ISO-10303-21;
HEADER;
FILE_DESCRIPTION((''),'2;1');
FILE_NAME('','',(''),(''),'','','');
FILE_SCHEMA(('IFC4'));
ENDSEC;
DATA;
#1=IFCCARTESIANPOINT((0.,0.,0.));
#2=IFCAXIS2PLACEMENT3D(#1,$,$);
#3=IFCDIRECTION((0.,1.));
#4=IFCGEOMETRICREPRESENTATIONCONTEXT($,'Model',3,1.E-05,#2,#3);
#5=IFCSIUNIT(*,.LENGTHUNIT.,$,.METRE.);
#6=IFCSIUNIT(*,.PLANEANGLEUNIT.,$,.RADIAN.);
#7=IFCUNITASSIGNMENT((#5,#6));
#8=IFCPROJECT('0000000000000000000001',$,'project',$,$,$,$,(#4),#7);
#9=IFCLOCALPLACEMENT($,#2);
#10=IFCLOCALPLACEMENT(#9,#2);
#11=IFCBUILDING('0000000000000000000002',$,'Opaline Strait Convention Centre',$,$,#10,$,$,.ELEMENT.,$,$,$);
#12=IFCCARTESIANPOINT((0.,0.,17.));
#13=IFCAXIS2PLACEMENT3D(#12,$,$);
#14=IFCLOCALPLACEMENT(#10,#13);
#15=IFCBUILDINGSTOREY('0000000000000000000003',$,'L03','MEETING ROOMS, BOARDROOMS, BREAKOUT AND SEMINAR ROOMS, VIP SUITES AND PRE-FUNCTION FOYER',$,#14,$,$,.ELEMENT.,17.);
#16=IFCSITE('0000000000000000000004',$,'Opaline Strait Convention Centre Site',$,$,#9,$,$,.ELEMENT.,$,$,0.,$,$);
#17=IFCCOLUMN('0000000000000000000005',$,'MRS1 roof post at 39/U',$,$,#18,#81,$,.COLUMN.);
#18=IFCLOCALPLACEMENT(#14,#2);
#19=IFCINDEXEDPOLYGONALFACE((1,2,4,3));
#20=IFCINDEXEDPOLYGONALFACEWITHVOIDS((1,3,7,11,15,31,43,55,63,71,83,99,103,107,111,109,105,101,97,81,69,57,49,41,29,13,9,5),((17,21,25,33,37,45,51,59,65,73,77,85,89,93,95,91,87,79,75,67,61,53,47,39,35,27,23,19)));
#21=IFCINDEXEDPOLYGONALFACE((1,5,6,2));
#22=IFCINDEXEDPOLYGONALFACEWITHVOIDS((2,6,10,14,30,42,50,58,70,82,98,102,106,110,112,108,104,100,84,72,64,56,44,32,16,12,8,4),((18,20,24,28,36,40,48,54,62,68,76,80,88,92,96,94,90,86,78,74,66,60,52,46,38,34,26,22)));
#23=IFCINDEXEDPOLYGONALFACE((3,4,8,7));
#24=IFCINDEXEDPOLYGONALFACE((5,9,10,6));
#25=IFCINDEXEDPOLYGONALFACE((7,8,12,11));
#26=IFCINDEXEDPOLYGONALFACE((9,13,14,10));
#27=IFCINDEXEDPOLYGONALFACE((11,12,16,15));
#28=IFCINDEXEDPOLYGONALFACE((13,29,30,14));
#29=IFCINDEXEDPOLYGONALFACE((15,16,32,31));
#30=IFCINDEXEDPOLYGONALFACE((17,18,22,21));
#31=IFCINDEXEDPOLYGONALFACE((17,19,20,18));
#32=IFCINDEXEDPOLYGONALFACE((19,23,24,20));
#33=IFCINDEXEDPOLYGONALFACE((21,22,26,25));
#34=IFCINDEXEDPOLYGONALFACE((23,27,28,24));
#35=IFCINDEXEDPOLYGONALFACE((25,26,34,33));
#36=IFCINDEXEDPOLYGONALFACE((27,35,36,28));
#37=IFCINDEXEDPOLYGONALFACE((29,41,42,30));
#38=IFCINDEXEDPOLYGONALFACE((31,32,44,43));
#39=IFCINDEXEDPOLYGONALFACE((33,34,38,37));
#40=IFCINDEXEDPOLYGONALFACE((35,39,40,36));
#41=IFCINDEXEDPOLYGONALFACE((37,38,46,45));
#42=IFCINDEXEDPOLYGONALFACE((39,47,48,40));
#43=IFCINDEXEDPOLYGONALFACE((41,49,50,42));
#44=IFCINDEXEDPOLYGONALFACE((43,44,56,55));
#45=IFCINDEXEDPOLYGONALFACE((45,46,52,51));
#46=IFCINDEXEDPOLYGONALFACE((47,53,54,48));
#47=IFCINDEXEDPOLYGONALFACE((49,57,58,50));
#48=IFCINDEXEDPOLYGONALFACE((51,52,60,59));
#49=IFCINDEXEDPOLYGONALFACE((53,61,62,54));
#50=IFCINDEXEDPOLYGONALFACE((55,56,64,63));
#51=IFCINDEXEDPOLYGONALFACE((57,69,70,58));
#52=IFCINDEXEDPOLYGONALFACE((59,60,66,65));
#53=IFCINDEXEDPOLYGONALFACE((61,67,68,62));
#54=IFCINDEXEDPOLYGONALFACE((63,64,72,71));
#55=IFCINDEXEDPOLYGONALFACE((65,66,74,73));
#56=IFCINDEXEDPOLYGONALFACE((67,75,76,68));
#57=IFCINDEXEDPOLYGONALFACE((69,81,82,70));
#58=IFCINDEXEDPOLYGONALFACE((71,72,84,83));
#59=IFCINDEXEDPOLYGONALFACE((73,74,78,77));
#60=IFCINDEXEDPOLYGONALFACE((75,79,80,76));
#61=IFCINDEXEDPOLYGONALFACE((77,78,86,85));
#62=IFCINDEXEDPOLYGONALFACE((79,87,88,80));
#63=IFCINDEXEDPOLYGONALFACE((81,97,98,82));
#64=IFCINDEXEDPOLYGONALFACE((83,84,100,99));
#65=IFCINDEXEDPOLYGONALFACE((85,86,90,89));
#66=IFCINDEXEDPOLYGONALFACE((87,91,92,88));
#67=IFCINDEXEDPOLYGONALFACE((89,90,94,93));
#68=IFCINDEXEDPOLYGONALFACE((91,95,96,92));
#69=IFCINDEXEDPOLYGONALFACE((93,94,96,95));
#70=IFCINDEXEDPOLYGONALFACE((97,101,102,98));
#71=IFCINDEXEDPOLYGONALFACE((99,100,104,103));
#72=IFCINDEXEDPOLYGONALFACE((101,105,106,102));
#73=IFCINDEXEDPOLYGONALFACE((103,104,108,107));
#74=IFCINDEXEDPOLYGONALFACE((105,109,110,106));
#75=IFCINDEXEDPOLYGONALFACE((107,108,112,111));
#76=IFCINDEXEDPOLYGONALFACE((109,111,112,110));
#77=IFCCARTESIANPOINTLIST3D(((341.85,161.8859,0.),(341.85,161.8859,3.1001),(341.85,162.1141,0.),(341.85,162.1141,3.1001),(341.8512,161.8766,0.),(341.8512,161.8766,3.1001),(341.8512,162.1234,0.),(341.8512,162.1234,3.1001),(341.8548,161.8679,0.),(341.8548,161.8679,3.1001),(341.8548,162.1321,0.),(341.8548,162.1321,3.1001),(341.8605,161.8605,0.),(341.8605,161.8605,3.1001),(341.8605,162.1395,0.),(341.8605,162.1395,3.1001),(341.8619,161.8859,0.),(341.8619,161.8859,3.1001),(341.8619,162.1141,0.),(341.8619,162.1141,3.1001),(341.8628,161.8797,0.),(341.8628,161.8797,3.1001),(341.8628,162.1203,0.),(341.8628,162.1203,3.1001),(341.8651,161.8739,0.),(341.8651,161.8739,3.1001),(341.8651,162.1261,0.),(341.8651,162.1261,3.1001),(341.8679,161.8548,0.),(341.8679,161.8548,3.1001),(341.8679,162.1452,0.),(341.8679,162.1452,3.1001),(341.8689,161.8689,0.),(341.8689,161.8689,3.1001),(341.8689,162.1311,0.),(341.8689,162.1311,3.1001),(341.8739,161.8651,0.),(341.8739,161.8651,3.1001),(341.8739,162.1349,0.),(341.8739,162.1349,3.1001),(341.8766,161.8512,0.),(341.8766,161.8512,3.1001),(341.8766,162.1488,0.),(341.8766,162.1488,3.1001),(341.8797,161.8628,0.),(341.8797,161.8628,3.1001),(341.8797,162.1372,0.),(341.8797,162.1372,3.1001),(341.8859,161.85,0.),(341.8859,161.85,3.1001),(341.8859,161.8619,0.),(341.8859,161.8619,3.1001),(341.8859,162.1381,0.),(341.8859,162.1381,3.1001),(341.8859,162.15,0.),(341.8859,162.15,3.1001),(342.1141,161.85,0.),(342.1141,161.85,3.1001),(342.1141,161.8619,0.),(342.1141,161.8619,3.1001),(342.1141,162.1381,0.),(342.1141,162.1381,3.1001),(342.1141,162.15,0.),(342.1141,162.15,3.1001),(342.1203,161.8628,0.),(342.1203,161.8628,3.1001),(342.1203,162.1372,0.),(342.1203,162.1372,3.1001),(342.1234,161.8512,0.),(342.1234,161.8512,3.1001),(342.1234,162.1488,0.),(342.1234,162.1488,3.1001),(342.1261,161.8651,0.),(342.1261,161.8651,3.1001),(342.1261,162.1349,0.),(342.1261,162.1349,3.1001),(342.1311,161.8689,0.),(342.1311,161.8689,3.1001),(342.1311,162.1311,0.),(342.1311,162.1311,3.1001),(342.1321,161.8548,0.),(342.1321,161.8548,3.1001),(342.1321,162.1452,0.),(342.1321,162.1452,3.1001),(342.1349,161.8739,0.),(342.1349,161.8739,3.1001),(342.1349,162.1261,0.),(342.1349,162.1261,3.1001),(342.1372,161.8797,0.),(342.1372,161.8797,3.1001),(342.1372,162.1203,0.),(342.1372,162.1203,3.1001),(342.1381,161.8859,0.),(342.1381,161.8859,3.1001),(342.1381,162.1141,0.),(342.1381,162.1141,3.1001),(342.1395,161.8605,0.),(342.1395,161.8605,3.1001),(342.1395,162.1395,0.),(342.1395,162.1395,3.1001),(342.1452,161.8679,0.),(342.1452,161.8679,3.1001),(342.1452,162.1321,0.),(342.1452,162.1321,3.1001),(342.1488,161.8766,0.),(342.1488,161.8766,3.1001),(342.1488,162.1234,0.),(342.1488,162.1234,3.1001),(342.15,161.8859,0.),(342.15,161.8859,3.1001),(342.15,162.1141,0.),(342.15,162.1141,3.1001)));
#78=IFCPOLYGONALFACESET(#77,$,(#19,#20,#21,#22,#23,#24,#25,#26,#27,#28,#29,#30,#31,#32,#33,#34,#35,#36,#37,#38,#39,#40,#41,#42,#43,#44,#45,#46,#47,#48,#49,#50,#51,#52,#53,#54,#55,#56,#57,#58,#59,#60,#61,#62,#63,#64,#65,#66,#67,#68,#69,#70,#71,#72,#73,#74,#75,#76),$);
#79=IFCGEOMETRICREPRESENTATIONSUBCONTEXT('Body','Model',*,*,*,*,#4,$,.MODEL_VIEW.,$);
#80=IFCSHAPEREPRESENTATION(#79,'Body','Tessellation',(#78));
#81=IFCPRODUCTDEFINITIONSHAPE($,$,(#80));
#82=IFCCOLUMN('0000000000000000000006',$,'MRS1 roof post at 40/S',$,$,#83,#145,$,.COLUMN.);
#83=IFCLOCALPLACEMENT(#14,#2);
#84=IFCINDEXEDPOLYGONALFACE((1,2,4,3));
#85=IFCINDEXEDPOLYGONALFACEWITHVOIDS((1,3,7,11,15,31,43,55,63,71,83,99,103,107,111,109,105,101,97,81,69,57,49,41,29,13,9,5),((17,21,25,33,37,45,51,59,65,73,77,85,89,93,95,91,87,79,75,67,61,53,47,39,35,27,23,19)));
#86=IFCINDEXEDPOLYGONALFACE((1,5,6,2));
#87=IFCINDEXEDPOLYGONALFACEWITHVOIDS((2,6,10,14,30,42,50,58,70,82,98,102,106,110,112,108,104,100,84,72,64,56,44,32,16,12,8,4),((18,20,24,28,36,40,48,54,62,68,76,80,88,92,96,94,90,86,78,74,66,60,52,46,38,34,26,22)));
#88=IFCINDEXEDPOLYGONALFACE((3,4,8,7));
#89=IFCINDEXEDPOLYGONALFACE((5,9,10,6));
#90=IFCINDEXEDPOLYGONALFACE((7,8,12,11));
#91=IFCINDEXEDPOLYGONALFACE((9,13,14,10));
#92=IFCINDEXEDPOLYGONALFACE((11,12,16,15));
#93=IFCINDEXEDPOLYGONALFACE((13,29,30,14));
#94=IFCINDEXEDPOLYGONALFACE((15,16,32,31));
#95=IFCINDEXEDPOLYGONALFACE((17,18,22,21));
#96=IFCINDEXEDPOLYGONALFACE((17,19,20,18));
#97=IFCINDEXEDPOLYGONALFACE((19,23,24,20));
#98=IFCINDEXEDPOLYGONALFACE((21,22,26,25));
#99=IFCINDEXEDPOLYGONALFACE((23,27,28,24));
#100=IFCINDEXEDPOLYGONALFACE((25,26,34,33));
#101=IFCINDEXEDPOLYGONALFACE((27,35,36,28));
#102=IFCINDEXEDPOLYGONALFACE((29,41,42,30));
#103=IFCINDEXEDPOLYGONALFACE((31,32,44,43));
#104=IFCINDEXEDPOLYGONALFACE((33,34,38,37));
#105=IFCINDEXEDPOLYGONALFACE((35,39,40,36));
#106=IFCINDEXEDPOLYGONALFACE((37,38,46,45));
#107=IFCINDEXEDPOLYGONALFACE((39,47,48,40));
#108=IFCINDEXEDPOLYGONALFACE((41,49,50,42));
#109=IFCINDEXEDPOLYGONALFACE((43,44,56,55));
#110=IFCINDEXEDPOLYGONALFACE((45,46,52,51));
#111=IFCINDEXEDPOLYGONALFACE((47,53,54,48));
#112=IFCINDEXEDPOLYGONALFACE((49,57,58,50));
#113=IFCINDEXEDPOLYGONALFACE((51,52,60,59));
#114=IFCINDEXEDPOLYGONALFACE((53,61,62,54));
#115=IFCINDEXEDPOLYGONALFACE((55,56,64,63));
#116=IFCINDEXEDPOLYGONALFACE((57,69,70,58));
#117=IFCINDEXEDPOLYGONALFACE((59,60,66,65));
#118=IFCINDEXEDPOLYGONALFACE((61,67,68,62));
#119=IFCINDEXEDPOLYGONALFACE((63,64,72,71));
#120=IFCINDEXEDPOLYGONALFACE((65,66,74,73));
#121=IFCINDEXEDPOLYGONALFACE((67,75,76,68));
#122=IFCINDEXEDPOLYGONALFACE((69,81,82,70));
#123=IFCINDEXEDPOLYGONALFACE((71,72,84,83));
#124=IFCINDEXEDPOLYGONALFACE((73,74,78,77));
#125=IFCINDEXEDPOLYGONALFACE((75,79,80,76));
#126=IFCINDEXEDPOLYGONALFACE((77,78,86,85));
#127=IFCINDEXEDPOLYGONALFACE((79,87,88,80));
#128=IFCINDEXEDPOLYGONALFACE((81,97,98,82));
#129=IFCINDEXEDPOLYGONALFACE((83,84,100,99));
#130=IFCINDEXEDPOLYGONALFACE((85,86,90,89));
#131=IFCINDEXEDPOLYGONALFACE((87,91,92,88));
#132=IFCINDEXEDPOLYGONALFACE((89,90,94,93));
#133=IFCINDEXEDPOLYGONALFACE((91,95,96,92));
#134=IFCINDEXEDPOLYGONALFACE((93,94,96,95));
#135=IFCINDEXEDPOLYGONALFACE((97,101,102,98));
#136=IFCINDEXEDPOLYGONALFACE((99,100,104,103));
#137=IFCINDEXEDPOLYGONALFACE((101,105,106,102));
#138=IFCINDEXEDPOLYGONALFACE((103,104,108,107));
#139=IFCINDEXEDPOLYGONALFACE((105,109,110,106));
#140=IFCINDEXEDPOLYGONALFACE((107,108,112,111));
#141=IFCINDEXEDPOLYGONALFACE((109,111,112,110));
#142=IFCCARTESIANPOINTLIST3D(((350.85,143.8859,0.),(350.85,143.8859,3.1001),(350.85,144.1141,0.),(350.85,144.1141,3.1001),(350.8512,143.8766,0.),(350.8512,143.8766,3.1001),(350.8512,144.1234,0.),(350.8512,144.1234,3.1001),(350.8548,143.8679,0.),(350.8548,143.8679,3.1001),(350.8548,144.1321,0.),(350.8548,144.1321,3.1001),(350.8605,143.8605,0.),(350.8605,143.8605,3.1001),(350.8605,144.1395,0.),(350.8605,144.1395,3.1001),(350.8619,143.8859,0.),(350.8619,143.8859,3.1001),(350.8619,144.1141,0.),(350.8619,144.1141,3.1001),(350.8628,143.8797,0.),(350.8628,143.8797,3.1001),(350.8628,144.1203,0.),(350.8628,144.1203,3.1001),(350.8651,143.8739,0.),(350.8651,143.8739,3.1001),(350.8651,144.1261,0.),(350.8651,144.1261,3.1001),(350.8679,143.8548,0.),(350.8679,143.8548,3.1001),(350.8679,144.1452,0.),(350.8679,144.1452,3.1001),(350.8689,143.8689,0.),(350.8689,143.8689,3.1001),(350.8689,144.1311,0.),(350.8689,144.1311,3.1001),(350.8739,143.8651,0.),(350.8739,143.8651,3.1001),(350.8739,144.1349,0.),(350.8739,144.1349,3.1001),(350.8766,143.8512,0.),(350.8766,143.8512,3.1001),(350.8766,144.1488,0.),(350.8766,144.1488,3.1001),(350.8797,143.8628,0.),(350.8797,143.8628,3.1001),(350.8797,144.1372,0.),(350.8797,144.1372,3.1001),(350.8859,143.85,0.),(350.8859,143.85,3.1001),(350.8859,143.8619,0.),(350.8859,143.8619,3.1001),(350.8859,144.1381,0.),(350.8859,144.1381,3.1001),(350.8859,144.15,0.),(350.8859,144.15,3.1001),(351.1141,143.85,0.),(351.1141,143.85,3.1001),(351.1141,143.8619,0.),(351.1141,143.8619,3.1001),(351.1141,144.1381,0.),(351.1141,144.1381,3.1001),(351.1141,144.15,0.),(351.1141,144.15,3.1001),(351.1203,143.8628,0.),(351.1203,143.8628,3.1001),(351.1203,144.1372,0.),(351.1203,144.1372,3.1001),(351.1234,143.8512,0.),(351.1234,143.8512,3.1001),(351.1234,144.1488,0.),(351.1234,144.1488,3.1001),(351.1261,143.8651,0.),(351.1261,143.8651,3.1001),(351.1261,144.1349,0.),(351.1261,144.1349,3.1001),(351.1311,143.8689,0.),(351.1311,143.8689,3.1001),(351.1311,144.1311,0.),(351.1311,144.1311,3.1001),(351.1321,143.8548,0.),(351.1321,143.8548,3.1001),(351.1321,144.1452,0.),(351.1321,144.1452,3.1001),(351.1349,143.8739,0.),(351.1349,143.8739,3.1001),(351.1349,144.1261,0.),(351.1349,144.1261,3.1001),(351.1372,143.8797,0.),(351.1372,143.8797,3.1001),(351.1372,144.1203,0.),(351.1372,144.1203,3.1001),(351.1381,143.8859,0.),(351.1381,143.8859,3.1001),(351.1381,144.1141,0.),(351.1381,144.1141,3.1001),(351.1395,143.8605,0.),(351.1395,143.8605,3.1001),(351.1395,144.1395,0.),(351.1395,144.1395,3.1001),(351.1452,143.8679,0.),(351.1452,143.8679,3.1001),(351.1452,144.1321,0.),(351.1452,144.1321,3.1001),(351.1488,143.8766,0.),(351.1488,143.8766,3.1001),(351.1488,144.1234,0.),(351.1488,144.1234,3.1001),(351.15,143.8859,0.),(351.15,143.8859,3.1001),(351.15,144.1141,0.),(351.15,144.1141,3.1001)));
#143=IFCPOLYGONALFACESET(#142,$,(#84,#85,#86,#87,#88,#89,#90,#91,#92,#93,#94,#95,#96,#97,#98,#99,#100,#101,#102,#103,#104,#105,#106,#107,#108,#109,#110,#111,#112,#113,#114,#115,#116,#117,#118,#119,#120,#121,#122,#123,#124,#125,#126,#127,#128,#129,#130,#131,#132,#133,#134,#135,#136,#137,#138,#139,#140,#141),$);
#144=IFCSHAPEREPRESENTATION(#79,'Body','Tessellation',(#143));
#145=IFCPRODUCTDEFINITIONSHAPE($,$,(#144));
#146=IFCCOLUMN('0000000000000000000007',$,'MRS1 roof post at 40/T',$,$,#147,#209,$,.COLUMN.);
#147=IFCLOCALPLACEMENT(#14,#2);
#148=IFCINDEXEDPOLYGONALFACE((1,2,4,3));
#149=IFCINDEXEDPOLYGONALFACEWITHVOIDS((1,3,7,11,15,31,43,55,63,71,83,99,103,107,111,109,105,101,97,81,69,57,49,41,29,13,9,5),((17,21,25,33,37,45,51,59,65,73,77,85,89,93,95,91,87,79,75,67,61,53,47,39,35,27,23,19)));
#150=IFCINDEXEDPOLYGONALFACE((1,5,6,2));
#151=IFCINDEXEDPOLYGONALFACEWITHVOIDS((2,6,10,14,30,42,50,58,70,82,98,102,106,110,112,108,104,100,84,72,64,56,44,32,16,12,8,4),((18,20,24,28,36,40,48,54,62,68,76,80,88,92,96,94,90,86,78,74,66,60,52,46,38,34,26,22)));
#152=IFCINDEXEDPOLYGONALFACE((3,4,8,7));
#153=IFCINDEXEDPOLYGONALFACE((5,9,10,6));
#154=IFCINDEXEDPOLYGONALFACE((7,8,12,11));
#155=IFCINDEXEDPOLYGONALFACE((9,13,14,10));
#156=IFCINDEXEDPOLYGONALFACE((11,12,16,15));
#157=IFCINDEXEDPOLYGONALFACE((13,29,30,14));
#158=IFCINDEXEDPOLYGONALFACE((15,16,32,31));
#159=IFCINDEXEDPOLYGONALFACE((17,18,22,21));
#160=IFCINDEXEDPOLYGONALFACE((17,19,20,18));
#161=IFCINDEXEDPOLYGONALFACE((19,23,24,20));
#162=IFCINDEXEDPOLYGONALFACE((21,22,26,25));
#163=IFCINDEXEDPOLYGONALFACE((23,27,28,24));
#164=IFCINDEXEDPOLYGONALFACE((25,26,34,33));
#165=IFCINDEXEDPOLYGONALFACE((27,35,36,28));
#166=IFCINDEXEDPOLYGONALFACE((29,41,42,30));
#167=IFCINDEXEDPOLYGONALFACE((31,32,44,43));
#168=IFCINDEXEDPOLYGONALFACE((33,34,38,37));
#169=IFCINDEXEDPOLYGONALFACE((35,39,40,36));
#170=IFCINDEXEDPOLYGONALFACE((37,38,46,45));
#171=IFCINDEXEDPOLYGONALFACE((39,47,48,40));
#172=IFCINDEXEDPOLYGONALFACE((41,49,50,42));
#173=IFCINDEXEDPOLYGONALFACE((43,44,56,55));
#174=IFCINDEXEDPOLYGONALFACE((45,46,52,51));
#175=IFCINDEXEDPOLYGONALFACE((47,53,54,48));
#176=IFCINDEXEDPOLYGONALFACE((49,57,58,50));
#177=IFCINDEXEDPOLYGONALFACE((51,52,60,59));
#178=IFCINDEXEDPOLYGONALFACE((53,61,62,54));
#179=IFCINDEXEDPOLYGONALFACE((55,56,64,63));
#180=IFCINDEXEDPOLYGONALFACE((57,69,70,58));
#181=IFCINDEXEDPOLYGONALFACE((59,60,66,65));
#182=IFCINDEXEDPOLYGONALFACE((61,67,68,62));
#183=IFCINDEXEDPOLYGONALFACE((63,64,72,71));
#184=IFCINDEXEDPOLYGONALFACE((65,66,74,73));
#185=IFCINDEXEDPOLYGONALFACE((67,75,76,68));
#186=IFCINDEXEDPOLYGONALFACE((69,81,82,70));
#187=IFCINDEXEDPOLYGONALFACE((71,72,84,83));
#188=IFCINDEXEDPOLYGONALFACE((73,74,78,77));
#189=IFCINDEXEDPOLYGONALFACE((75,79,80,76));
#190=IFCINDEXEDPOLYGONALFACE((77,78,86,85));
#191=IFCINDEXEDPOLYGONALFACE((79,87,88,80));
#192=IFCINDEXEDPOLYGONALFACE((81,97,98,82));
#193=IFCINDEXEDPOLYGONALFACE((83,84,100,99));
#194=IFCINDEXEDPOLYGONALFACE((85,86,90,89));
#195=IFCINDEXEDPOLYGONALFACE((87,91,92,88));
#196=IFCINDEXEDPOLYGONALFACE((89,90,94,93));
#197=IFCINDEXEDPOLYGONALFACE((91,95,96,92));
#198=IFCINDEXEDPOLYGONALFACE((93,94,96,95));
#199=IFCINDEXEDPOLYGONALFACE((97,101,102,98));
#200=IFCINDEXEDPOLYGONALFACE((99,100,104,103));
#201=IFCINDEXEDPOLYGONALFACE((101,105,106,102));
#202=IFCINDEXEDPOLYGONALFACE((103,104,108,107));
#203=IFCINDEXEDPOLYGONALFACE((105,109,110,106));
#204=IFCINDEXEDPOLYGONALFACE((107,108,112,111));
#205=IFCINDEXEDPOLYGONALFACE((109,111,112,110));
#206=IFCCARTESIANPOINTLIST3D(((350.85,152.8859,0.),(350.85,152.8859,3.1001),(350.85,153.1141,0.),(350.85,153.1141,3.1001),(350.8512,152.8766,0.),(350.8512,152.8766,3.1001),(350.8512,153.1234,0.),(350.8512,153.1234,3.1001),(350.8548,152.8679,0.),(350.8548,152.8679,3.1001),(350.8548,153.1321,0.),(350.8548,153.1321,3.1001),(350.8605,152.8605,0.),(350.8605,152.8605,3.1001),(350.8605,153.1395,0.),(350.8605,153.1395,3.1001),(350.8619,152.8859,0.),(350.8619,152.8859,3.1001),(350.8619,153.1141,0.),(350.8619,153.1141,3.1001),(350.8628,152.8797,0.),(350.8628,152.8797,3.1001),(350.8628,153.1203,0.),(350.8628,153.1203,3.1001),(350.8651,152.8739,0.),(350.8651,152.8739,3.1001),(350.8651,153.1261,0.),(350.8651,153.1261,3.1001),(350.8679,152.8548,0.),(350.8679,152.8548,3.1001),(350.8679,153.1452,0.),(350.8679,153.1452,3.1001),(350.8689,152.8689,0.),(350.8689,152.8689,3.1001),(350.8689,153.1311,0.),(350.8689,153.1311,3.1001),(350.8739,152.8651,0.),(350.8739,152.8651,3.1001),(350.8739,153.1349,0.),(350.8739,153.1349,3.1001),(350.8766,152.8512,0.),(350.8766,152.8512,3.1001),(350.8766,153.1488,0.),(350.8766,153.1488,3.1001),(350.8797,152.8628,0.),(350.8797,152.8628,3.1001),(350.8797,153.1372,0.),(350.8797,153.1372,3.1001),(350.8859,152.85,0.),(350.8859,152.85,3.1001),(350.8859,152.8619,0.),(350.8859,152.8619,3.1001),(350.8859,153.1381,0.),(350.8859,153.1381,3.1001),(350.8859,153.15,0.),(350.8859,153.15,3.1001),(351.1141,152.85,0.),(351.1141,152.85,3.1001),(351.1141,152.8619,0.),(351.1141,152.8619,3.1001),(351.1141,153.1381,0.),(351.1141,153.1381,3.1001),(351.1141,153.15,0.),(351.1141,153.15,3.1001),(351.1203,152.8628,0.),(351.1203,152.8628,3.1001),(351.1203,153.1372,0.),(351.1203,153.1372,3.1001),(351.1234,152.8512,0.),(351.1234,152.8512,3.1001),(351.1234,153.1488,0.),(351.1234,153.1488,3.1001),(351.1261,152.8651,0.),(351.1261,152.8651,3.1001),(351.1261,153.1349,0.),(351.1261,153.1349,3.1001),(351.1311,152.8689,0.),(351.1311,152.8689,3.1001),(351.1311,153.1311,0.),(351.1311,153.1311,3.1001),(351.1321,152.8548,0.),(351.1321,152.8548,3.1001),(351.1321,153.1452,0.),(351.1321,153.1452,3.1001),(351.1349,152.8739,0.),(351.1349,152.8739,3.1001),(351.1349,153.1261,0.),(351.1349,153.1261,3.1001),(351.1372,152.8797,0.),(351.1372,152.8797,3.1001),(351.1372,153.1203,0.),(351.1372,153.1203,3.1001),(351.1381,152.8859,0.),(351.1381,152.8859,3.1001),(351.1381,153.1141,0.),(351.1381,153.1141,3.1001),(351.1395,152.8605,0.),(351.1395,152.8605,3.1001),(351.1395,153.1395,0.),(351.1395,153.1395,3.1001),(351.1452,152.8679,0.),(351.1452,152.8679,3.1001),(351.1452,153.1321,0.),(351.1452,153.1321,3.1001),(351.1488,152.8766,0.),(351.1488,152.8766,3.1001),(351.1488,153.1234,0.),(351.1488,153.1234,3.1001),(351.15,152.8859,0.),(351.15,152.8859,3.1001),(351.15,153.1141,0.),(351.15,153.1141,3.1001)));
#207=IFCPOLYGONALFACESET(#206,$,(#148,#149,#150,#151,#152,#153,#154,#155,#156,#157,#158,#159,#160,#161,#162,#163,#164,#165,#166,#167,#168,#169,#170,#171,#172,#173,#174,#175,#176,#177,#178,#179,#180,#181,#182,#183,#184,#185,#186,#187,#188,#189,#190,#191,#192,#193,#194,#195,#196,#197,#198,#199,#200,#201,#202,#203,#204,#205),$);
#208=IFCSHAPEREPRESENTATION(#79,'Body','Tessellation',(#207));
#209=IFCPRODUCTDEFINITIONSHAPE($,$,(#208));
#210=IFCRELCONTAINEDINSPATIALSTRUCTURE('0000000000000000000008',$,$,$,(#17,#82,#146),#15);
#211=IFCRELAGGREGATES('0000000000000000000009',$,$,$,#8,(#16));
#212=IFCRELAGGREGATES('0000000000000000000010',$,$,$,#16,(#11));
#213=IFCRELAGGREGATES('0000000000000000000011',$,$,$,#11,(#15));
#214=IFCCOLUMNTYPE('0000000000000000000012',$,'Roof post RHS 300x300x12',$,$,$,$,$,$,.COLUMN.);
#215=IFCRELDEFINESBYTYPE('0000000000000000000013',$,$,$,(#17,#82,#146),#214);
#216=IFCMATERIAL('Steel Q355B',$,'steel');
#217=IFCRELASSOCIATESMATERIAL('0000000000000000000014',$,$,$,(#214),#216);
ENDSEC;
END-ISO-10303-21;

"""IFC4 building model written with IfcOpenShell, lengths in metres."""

from ifc_helpers import new_model, si_unit, direction, frame, origin, origin_2d, place, context, subcontext, project, spatial, hollow_rectangle, extrude, material, material_profile, profile_set, type_object, element, save


model = new_model("IFC4")

# Units and contexts
model_context = context("Model", 3, precision=1e-05, world=origin(), true_north=direction((0.0, 1.0)))
body_context = subcontext(model_context, "Body", "Model", "MODEL_VIEW")
ifc_project = project(units=[si_unit("LENGTHUNIT", "METRE"), si_unit("PLANEANGLEUNIT", "RADIAN")], contexts=[model_context])

# Site, building, storey
site_placement = place(None, origin())
site = spatial("IfcSite", under=ifc_project, at=site_placement, Name="Opaline Strait Convention Centre Site", CompositionType="ELEMENT", RefElevation=0.0)
building_placement = place(site_placement, origin())
building = spatial("IfcBuilding", under=site, at=building_placement, Name="Opaline Strait Convention Centre", CompositionType="ELEMENT")
storey_placement = place(building_placement, frame((0.0, 0.0, 17.0)))
storey = spatial("IfcBuildingStorey", under=building, at=storey_placement, Name="L03", Description="MEETING ROOMS, BOARDROOMS, BREAKOUT AND SEMINAR ROOMS, VIP SUITES AND PRE-FUNCTION FOYER", CompositionType="ELEMENT", Elevation=17.0)

# Columns
ifc_material_1 = material(Name="Steel Q355B", Category="steel")
ifc_material_profile_1 = material_profile(ifc_material_1, hollow_rectangle(XDim=0.3, YDim=0.3, WallThickness=0.012, InnerFilletRadius=0.0239, OuterFilletRadius=0.0359, at=origin_2d()), Name="RHS 300x300x12")
ifc_profile_set_1 = profile_set([ifc_material_profile_1], Name="Steel Q355B")
column_type = type_object("IfcColumnType", Name="Roof post RHS 300x300x12", PredefinedType="COLUMN", material=ifc_profile_set_1)
for number, where, z_axis, x_axis, name in (
    (1, (342.0, 162.0, 0.0), (0.0, 0.0, 1.0), (1.0, 0.0, 0.0), "MRS1 roof post at 39/U"),
    (2, (351.0, 144.0, 0.0), (0.0, 0.0, 1.0), (1.0, 0.0, 0.0), "MRS1 roof post at 40/S"),
    (3, (351.0, 153.0, 0.0), (0.0, 0.0, 1.0), (1.0, 0.0, 0.0), "MRS1 roof post at 40/T"),
):
    element("IfcColumn", number, at=place(storey_placement, frame(where, z_axis=z_axis, x_axis=x_axis)), inside=storey, type_object=column_type, Name=name, PredefinedType="COLUMN", context=body_context, shape_type="SweptSolid", body=[
        extrude(hollow_rectangle(XDim=0.3, YDim=0.3, WallThickness=0.012, InnerFilletRadius=0.0239, OuterFilletRadius=0.0359, at=origin_2d()), origin(), (0.0, 0.0, 1.0), 3.1001),
    ])

save(model, "model.ifc")
